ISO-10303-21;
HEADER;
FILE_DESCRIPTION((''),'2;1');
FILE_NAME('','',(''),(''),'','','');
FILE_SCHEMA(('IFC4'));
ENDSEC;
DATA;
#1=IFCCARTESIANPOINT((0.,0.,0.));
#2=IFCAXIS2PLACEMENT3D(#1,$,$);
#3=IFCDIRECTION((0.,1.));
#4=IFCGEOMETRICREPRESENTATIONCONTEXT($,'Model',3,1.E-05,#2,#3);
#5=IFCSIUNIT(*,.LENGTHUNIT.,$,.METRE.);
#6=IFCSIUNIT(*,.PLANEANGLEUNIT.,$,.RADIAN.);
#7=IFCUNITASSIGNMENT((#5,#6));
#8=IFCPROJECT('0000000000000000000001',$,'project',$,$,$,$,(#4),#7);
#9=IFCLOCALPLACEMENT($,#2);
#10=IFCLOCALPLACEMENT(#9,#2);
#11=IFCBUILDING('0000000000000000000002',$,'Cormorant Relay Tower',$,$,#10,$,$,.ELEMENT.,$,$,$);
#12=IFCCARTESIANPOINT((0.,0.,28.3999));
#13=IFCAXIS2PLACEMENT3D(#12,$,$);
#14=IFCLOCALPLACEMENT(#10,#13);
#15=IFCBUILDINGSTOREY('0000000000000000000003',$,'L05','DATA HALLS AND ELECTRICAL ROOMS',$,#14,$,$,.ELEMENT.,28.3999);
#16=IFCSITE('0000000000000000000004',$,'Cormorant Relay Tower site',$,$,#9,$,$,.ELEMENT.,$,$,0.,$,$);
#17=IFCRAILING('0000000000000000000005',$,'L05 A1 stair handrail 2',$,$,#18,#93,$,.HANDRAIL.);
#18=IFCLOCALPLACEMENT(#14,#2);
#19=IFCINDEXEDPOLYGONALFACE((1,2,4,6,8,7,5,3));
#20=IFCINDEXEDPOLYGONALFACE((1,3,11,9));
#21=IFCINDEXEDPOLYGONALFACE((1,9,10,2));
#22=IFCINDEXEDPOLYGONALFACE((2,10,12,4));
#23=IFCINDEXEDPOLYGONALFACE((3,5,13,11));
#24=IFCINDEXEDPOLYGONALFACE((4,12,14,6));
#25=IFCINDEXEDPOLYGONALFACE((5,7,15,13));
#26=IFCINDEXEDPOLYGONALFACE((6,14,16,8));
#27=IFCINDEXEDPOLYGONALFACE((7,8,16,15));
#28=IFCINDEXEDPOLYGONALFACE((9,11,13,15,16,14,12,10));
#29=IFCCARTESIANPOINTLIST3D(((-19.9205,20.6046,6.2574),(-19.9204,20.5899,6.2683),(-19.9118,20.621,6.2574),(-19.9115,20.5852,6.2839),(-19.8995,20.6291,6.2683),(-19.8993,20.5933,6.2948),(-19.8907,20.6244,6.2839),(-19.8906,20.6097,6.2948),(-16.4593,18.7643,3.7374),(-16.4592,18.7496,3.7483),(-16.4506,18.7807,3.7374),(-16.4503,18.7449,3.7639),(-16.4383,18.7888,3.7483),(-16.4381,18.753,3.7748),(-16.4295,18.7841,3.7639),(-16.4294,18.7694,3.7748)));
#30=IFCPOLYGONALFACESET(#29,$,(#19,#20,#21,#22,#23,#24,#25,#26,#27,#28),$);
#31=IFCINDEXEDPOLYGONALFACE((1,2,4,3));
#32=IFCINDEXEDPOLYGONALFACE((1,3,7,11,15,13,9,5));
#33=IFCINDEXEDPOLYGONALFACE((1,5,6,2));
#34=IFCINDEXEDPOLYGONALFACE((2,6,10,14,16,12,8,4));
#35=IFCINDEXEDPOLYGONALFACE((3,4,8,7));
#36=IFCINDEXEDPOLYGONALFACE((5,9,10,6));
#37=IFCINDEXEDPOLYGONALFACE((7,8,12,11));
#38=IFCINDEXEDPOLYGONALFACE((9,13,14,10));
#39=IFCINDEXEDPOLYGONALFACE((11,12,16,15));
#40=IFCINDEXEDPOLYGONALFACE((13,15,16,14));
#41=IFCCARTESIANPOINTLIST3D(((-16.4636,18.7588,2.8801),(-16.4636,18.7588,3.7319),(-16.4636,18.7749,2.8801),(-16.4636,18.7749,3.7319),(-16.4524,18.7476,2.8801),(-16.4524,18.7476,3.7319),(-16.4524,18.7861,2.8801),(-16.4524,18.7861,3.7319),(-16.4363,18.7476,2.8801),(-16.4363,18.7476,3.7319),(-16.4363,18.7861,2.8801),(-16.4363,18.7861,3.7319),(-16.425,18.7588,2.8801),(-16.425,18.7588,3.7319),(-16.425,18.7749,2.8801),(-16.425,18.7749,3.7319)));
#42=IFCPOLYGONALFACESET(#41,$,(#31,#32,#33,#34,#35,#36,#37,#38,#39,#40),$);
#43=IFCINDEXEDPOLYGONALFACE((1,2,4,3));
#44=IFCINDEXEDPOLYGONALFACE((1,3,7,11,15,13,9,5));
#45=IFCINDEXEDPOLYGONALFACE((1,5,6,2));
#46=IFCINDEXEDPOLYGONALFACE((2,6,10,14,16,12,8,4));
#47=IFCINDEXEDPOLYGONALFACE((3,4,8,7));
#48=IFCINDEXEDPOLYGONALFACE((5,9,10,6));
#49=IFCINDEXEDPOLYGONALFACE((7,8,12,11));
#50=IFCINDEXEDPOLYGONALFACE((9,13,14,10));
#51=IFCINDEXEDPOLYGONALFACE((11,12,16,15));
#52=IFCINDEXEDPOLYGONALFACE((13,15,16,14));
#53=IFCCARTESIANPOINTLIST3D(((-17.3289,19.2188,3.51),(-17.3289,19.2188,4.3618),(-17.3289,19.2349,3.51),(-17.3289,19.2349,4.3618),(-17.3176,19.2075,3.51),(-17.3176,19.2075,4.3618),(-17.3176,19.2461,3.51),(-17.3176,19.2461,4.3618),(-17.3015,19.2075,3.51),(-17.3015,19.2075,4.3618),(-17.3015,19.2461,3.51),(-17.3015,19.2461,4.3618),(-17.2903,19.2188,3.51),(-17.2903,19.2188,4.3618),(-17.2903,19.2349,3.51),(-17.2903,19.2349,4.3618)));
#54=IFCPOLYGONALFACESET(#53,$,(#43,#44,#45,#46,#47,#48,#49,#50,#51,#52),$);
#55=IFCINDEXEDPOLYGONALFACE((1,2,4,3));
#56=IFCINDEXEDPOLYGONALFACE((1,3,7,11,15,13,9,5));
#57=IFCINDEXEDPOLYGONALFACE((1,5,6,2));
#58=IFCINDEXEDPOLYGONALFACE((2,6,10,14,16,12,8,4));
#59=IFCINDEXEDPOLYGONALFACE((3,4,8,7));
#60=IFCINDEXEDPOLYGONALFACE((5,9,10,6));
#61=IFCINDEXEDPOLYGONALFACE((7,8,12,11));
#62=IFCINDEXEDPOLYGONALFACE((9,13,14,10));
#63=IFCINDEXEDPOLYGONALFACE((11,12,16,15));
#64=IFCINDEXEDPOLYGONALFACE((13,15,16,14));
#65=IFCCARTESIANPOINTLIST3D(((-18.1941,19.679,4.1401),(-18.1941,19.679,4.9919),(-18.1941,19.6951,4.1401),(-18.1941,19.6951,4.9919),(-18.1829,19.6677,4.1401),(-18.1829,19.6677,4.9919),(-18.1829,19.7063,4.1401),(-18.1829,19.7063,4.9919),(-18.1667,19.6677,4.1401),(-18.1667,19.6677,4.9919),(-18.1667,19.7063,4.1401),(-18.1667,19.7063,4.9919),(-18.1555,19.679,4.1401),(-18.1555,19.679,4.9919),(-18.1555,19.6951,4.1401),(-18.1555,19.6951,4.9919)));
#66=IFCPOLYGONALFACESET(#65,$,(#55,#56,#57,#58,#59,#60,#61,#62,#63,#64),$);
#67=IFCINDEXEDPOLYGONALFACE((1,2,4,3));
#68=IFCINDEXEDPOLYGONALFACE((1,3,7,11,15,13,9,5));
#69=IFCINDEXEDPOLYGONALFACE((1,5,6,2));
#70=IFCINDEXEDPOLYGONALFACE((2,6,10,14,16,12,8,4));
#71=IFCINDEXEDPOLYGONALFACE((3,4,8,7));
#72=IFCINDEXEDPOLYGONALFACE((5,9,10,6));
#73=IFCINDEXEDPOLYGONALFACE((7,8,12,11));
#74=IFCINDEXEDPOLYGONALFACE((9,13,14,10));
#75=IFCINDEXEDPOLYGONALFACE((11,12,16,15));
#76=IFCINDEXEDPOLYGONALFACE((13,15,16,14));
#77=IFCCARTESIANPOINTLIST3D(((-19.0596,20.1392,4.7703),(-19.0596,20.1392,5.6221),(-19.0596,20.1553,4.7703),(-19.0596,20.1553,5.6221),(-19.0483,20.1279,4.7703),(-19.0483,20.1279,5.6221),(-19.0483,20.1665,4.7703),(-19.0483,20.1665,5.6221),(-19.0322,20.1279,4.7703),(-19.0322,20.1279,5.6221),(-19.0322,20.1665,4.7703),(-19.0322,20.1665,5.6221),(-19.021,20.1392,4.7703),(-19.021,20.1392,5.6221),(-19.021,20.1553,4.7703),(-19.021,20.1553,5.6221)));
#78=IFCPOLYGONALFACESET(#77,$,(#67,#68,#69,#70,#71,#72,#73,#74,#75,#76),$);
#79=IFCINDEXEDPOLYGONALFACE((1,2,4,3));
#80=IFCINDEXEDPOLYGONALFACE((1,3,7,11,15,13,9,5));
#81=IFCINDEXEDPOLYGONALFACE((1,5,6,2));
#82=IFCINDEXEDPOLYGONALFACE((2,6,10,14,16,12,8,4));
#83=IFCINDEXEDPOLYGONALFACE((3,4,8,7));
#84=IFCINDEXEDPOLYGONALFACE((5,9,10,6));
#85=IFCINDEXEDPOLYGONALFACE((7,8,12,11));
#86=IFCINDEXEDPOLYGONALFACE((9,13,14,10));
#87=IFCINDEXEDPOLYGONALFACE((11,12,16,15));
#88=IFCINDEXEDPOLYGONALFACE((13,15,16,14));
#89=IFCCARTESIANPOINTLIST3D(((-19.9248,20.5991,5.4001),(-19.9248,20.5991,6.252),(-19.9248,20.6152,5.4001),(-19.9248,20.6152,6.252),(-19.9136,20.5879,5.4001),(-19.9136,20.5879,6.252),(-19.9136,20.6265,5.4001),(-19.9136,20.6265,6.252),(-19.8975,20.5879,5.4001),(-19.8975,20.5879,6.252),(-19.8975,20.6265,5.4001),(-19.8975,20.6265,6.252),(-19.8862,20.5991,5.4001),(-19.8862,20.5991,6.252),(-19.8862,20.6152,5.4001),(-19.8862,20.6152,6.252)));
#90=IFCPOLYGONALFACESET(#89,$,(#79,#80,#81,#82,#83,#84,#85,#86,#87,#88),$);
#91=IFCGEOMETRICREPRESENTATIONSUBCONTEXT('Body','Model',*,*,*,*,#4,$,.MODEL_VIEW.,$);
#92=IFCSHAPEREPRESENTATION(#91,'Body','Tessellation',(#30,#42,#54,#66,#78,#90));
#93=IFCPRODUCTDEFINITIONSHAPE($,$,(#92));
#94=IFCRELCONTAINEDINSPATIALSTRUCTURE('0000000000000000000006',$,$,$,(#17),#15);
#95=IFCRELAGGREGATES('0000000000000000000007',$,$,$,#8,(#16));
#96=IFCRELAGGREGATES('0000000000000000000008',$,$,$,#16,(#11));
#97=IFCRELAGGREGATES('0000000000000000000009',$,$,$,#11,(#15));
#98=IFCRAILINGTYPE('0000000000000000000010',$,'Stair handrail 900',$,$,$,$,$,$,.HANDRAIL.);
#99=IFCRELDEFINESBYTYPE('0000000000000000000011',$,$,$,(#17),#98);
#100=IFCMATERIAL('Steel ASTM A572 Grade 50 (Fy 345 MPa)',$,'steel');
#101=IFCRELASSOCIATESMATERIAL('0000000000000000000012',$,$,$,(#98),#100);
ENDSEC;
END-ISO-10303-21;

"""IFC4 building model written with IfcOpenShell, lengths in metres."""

from ifc_helpers import new_model, si_unit, direction, frame, origin, place, context, subcontext, project, spatial, polyline, outline, extrude, material, type_object, element, save


model = new_model("IFC4")

# Units and contexts
model_context = context("Model", 3, precision=1e-05, world=origin(), true_north=direction((0.0, 1.0)))
body_context = subcontext(model_context, "Body", "Model", "MODEL_VIEW")
ifc_project = project(units=[si_unit("LENGTHUNIT", "METRE"), si_unit("PLANEANGLEUNIT", "RADIAN")], contexts=[model_context])

# Site, building, storey
site_placement = place(None, origin())
site = spatial("IfcSite", under=ifc_project, at=site_placement, Name="Cormorant Relay Tower site", CompositionType="ELEMENT", RefElevation=0.0)
building_placement = place(site_placement, origin())
building = spatial("IfcBuilding", under=site, at=building_placement, Name="Cormorant Relay Tower", CompositionType="ELEMENT")
storey_placement = place(building_placement, frame((0.0, 0.0, 28.3999)))
storey = spatial("IfcBuildingStorey", under=building, at=storey_placement, Name="L05", Description="DATA HALLS AND ELECTRICAL ROOMS", CompositionType="ELEMENT", Elevation=28.3999)

# Railing
ifc_material_1 = material(Name="Steel ASTM A572 Grade 50 (Fy 345 MPa)", Category="steel")
railing_type_1 = type_object("IfcRailingType", Name="Stair handrail 900", PredefinedType="HANDRAIL", material=ifc_material_1)
railing_1_placement = place(storey_placement, frame((-16.4443, 18.7668, 2.8801)))
element("IfcRailing", 1, at=railing_1_placement, inside=storey, type_object=railing_type_1, Name="L05 A1 stair handrail 2", PredefinedType="HANDRAIL", context=body_context, shape_type="SweptSolid", body=[
    extrude(outline(polyline([(0.0222, 0.0093), (0.0093, 0.0222), (-0.0093, 0.0222), (-0.0222, 0.0093), (-0.0222, -0.0093), (-0.0093, -0.0222), (0.0093, -0.0222), (0.0222, -0.0093), (0.0222, 0.0093)])), frame((0.0, 0.0, 0.876), z_axis=(-0.742717, 0.394907, 0.540758), x_axis=(-0.469469, -0.882949, 0.0)), (0.0, 0.0, 1.0), 4.6602),
    extrude(outline(polyline([(0.0193, 0.0081), (0.0081, 0.0193), (-0.0081, 0.0193), (-0.0193, 0.0081), (-0.0193, -0.0081), (-0.0081, -0.0193), (0.0081, -0.0193), (0.0193, -0.0081), (0.0193, 0.0081)])), origin(), (0.0, 0.0, 1.0), 0.8518),
    extrude(outline(polyline([(0.0193, 0.0081), (0.0081, 0.0193), (-0.0081, 0.0193), (-0.0193, 0.0081), (-0.0193, -0.0081), (-0.0081, -0.0193), (0.0081, -0.0193), (0.0193, -0.0081), (0.0193, 0.0081)])), frame((-0.8652, 0.46, 0.6299)), (0.0, 0.0, 1.0), 0.8518),
    extrude(outline(polyline([(0.0193, 0.0081), (0.0081, 0.0193), (-0.0081, 0.0193), (-0.0193, 0.0081), (-0.0193, -0.0081), (-0.0081, -0.0193), (0.0081, -0.0193), (0.0193, -0.0081), (0.0193, 0.0081)])), frame((-1.7305, 0.9202, 1.26)), (0.0, 0.0, 1.0), 0.8518),
    extrude(outline(polyline([(0.0193, 0.0081), (0.0081, 0.0193), (-0.0081, 0.0193), (-0.0193, 0.0081), (-0.0193, -0.0081), (-0.0081, -0.0193), (0.0081, -0.0193), (0.0193, -0.0081), (0.0193, 0.0081)])), frame((-2.5959, 1.3804, 1.8901)), (0.0, 0.0, 1.0), 0.8518),
    extrude(outline(polyline([(0.0193, 0.0081), (0.0081, 0.0193), (-0.0081, 0.0193), (-0.0193, 0.0081), (-0.0193, -0.0081), (-0.0081, -0.0193), (0.0081, -0.0193), (0.0193, -0.0081), (0.0193, 0.0081)])), frame((-3.4612, 1.8403, 2.52)), (0.0, 0.0, 1.0), 0.8518),
])

save(model, "model.ifc")
